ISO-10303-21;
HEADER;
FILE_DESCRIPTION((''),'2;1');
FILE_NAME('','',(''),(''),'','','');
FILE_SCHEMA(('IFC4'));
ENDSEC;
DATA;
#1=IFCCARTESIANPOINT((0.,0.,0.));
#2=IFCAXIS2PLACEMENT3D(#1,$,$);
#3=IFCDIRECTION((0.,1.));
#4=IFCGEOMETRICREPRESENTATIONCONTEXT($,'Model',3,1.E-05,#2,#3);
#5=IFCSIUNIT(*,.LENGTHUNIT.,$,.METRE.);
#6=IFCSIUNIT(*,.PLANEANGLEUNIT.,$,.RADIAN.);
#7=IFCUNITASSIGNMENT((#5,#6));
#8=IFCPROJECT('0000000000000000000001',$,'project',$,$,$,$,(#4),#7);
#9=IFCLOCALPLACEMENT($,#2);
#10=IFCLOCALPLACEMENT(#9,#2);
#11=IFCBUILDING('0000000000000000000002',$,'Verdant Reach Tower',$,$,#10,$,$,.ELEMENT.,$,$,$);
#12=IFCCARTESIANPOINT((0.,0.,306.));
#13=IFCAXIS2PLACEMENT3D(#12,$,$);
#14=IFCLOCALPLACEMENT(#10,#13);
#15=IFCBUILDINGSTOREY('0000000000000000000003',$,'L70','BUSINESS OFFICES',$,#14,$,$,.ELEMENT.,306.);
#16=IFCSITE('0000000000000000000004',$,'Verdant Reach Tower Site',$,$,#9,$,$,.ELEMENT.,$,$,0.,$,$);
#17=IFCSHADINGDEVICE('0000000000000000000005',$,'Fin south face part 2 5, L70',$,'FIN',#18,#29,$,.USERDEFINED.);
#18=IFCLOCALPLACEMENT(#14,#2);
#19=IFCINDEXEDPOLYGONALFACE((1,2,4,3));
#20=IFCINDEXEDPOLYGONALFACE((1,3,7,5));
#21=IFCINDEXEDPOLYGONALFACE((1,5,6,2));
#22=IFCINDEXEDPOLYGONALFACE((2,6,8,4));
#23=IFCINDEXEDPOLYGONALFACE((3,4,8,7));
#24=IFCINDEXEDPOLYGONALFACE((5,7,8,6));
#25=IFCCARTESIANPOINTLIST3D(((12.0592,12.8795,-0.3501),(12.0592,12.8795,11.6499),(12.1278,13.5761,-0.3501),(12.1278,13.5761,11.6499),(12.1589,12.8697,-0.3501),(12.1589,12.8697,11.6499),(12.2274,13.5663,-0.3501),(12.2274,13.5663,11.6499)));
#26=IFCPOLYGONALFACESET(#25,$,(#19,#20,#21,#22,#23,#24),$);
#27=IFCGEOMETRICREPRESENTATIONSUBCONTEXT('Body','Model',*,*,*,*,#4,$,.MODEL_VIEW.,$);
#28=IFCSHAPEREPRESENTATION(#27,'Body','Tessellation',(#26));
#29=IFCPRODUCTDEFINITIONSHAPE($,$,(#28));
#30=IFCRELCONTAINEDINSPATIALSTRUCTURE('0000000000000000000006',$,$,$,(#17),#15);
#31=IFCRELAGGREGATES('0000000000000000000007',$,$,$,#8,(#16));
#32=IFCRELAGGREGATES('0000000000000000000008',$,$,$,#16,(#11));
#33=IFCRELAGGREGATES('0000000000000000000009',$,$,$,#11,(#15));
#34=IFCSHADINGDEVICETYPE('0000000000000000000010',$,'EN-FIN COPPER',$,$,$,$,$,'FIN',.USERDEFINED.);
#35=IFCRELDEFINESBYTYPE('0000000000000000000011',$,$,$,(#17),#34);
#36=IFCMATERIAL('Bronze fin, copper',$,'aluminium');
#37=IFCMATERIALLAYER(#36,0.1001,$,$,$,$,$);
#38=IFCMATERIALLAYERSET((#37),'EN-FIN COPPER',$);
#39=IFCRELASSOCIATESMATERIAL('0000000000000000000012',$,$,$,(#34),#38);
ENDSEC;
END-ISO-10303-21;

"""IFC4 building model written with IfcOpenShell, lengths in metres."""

from ifc_helpers import new_model, si_unit, direction, frame, origin, origin_2d, place, context, subcontext, project, spatial, rectangle, extrude, material, layer, layer_set, type_object, element, save


model = new_model("IFC4")

# Units and contexts
model_context = context("Model", 3, precision=1e-05, world=origin(), true_north=direction((0.0, 1.0)))
body_context = subcontext(model_context, "Body", "Model", "MODEL_VIEW")
ifc_project = project(units=[si_unit("LENGTHUNIT", "METRE"), si_unit("PLANEANGLEUNIT", "RADIAN")], contexts=[model_context])

# Site, building, storey
site_placement = place(None, origin())
site = spatial("IfcSite", under=ifc_project, at=site_placement, Name="Verdant Reach Tower Site", CompositionType="ELEMENT", RefElevation=0.0)
building_placement = place(site_placement, origin())
building = spatial("IfcBuilding", under=site, at=building_placement, Name="Verdant Reach Tower", CompositionType="ELEMENT")
storey_placement = place(building_placement, frame((0.0, 0.0, 306.0)))
storey = spatial("IfcBuildingStorey", under=building, at=storey_placement, Name="L70", Description="BUSINESS OFFICES", CompositionType="ELEMENT", Elevation=306.0)

# Shading device
ifc_material_1 = material(Name="Bronze fin, copper", Category="aluminium")
ifc_layer_1 = layer(ifc_material_1, 0.1001)
ifc_layer_set_1 = layer_set([ifc_layer_1], Name="EN-FIN COPPER")
shading_device_type_1 = type_object("IfcShadingDeviceType", Name="EN-FIN COPPER", ElementType="FIN", PredefinedType="USERDEFINED", material=ifc_layer_set_1)
shading_device_placement = place(storey_placement, frame((12.1433, 13.2229, -0.3501), z_axis=(0.0, 0.0, 1.0), x_axis=(0.995197, -0.097888, 0.0)))
element("IfcShadingDevice", 1, at=shading_device_placement, inside=storey, type_object=shading_device_type_1, Name="Fin south face part 2 5, L70", ObjectType="FIN", PredefinedType="USERDEFINED", context=body_context, shape_type="SweptSolid", body=[
    extrude(rectangle(XDim=0.1001, YDim=0.7, at=origin_2d()), origin(), (0.0, 0.0, 1.0), 12.0),
])

save(model, "model.ifc")
